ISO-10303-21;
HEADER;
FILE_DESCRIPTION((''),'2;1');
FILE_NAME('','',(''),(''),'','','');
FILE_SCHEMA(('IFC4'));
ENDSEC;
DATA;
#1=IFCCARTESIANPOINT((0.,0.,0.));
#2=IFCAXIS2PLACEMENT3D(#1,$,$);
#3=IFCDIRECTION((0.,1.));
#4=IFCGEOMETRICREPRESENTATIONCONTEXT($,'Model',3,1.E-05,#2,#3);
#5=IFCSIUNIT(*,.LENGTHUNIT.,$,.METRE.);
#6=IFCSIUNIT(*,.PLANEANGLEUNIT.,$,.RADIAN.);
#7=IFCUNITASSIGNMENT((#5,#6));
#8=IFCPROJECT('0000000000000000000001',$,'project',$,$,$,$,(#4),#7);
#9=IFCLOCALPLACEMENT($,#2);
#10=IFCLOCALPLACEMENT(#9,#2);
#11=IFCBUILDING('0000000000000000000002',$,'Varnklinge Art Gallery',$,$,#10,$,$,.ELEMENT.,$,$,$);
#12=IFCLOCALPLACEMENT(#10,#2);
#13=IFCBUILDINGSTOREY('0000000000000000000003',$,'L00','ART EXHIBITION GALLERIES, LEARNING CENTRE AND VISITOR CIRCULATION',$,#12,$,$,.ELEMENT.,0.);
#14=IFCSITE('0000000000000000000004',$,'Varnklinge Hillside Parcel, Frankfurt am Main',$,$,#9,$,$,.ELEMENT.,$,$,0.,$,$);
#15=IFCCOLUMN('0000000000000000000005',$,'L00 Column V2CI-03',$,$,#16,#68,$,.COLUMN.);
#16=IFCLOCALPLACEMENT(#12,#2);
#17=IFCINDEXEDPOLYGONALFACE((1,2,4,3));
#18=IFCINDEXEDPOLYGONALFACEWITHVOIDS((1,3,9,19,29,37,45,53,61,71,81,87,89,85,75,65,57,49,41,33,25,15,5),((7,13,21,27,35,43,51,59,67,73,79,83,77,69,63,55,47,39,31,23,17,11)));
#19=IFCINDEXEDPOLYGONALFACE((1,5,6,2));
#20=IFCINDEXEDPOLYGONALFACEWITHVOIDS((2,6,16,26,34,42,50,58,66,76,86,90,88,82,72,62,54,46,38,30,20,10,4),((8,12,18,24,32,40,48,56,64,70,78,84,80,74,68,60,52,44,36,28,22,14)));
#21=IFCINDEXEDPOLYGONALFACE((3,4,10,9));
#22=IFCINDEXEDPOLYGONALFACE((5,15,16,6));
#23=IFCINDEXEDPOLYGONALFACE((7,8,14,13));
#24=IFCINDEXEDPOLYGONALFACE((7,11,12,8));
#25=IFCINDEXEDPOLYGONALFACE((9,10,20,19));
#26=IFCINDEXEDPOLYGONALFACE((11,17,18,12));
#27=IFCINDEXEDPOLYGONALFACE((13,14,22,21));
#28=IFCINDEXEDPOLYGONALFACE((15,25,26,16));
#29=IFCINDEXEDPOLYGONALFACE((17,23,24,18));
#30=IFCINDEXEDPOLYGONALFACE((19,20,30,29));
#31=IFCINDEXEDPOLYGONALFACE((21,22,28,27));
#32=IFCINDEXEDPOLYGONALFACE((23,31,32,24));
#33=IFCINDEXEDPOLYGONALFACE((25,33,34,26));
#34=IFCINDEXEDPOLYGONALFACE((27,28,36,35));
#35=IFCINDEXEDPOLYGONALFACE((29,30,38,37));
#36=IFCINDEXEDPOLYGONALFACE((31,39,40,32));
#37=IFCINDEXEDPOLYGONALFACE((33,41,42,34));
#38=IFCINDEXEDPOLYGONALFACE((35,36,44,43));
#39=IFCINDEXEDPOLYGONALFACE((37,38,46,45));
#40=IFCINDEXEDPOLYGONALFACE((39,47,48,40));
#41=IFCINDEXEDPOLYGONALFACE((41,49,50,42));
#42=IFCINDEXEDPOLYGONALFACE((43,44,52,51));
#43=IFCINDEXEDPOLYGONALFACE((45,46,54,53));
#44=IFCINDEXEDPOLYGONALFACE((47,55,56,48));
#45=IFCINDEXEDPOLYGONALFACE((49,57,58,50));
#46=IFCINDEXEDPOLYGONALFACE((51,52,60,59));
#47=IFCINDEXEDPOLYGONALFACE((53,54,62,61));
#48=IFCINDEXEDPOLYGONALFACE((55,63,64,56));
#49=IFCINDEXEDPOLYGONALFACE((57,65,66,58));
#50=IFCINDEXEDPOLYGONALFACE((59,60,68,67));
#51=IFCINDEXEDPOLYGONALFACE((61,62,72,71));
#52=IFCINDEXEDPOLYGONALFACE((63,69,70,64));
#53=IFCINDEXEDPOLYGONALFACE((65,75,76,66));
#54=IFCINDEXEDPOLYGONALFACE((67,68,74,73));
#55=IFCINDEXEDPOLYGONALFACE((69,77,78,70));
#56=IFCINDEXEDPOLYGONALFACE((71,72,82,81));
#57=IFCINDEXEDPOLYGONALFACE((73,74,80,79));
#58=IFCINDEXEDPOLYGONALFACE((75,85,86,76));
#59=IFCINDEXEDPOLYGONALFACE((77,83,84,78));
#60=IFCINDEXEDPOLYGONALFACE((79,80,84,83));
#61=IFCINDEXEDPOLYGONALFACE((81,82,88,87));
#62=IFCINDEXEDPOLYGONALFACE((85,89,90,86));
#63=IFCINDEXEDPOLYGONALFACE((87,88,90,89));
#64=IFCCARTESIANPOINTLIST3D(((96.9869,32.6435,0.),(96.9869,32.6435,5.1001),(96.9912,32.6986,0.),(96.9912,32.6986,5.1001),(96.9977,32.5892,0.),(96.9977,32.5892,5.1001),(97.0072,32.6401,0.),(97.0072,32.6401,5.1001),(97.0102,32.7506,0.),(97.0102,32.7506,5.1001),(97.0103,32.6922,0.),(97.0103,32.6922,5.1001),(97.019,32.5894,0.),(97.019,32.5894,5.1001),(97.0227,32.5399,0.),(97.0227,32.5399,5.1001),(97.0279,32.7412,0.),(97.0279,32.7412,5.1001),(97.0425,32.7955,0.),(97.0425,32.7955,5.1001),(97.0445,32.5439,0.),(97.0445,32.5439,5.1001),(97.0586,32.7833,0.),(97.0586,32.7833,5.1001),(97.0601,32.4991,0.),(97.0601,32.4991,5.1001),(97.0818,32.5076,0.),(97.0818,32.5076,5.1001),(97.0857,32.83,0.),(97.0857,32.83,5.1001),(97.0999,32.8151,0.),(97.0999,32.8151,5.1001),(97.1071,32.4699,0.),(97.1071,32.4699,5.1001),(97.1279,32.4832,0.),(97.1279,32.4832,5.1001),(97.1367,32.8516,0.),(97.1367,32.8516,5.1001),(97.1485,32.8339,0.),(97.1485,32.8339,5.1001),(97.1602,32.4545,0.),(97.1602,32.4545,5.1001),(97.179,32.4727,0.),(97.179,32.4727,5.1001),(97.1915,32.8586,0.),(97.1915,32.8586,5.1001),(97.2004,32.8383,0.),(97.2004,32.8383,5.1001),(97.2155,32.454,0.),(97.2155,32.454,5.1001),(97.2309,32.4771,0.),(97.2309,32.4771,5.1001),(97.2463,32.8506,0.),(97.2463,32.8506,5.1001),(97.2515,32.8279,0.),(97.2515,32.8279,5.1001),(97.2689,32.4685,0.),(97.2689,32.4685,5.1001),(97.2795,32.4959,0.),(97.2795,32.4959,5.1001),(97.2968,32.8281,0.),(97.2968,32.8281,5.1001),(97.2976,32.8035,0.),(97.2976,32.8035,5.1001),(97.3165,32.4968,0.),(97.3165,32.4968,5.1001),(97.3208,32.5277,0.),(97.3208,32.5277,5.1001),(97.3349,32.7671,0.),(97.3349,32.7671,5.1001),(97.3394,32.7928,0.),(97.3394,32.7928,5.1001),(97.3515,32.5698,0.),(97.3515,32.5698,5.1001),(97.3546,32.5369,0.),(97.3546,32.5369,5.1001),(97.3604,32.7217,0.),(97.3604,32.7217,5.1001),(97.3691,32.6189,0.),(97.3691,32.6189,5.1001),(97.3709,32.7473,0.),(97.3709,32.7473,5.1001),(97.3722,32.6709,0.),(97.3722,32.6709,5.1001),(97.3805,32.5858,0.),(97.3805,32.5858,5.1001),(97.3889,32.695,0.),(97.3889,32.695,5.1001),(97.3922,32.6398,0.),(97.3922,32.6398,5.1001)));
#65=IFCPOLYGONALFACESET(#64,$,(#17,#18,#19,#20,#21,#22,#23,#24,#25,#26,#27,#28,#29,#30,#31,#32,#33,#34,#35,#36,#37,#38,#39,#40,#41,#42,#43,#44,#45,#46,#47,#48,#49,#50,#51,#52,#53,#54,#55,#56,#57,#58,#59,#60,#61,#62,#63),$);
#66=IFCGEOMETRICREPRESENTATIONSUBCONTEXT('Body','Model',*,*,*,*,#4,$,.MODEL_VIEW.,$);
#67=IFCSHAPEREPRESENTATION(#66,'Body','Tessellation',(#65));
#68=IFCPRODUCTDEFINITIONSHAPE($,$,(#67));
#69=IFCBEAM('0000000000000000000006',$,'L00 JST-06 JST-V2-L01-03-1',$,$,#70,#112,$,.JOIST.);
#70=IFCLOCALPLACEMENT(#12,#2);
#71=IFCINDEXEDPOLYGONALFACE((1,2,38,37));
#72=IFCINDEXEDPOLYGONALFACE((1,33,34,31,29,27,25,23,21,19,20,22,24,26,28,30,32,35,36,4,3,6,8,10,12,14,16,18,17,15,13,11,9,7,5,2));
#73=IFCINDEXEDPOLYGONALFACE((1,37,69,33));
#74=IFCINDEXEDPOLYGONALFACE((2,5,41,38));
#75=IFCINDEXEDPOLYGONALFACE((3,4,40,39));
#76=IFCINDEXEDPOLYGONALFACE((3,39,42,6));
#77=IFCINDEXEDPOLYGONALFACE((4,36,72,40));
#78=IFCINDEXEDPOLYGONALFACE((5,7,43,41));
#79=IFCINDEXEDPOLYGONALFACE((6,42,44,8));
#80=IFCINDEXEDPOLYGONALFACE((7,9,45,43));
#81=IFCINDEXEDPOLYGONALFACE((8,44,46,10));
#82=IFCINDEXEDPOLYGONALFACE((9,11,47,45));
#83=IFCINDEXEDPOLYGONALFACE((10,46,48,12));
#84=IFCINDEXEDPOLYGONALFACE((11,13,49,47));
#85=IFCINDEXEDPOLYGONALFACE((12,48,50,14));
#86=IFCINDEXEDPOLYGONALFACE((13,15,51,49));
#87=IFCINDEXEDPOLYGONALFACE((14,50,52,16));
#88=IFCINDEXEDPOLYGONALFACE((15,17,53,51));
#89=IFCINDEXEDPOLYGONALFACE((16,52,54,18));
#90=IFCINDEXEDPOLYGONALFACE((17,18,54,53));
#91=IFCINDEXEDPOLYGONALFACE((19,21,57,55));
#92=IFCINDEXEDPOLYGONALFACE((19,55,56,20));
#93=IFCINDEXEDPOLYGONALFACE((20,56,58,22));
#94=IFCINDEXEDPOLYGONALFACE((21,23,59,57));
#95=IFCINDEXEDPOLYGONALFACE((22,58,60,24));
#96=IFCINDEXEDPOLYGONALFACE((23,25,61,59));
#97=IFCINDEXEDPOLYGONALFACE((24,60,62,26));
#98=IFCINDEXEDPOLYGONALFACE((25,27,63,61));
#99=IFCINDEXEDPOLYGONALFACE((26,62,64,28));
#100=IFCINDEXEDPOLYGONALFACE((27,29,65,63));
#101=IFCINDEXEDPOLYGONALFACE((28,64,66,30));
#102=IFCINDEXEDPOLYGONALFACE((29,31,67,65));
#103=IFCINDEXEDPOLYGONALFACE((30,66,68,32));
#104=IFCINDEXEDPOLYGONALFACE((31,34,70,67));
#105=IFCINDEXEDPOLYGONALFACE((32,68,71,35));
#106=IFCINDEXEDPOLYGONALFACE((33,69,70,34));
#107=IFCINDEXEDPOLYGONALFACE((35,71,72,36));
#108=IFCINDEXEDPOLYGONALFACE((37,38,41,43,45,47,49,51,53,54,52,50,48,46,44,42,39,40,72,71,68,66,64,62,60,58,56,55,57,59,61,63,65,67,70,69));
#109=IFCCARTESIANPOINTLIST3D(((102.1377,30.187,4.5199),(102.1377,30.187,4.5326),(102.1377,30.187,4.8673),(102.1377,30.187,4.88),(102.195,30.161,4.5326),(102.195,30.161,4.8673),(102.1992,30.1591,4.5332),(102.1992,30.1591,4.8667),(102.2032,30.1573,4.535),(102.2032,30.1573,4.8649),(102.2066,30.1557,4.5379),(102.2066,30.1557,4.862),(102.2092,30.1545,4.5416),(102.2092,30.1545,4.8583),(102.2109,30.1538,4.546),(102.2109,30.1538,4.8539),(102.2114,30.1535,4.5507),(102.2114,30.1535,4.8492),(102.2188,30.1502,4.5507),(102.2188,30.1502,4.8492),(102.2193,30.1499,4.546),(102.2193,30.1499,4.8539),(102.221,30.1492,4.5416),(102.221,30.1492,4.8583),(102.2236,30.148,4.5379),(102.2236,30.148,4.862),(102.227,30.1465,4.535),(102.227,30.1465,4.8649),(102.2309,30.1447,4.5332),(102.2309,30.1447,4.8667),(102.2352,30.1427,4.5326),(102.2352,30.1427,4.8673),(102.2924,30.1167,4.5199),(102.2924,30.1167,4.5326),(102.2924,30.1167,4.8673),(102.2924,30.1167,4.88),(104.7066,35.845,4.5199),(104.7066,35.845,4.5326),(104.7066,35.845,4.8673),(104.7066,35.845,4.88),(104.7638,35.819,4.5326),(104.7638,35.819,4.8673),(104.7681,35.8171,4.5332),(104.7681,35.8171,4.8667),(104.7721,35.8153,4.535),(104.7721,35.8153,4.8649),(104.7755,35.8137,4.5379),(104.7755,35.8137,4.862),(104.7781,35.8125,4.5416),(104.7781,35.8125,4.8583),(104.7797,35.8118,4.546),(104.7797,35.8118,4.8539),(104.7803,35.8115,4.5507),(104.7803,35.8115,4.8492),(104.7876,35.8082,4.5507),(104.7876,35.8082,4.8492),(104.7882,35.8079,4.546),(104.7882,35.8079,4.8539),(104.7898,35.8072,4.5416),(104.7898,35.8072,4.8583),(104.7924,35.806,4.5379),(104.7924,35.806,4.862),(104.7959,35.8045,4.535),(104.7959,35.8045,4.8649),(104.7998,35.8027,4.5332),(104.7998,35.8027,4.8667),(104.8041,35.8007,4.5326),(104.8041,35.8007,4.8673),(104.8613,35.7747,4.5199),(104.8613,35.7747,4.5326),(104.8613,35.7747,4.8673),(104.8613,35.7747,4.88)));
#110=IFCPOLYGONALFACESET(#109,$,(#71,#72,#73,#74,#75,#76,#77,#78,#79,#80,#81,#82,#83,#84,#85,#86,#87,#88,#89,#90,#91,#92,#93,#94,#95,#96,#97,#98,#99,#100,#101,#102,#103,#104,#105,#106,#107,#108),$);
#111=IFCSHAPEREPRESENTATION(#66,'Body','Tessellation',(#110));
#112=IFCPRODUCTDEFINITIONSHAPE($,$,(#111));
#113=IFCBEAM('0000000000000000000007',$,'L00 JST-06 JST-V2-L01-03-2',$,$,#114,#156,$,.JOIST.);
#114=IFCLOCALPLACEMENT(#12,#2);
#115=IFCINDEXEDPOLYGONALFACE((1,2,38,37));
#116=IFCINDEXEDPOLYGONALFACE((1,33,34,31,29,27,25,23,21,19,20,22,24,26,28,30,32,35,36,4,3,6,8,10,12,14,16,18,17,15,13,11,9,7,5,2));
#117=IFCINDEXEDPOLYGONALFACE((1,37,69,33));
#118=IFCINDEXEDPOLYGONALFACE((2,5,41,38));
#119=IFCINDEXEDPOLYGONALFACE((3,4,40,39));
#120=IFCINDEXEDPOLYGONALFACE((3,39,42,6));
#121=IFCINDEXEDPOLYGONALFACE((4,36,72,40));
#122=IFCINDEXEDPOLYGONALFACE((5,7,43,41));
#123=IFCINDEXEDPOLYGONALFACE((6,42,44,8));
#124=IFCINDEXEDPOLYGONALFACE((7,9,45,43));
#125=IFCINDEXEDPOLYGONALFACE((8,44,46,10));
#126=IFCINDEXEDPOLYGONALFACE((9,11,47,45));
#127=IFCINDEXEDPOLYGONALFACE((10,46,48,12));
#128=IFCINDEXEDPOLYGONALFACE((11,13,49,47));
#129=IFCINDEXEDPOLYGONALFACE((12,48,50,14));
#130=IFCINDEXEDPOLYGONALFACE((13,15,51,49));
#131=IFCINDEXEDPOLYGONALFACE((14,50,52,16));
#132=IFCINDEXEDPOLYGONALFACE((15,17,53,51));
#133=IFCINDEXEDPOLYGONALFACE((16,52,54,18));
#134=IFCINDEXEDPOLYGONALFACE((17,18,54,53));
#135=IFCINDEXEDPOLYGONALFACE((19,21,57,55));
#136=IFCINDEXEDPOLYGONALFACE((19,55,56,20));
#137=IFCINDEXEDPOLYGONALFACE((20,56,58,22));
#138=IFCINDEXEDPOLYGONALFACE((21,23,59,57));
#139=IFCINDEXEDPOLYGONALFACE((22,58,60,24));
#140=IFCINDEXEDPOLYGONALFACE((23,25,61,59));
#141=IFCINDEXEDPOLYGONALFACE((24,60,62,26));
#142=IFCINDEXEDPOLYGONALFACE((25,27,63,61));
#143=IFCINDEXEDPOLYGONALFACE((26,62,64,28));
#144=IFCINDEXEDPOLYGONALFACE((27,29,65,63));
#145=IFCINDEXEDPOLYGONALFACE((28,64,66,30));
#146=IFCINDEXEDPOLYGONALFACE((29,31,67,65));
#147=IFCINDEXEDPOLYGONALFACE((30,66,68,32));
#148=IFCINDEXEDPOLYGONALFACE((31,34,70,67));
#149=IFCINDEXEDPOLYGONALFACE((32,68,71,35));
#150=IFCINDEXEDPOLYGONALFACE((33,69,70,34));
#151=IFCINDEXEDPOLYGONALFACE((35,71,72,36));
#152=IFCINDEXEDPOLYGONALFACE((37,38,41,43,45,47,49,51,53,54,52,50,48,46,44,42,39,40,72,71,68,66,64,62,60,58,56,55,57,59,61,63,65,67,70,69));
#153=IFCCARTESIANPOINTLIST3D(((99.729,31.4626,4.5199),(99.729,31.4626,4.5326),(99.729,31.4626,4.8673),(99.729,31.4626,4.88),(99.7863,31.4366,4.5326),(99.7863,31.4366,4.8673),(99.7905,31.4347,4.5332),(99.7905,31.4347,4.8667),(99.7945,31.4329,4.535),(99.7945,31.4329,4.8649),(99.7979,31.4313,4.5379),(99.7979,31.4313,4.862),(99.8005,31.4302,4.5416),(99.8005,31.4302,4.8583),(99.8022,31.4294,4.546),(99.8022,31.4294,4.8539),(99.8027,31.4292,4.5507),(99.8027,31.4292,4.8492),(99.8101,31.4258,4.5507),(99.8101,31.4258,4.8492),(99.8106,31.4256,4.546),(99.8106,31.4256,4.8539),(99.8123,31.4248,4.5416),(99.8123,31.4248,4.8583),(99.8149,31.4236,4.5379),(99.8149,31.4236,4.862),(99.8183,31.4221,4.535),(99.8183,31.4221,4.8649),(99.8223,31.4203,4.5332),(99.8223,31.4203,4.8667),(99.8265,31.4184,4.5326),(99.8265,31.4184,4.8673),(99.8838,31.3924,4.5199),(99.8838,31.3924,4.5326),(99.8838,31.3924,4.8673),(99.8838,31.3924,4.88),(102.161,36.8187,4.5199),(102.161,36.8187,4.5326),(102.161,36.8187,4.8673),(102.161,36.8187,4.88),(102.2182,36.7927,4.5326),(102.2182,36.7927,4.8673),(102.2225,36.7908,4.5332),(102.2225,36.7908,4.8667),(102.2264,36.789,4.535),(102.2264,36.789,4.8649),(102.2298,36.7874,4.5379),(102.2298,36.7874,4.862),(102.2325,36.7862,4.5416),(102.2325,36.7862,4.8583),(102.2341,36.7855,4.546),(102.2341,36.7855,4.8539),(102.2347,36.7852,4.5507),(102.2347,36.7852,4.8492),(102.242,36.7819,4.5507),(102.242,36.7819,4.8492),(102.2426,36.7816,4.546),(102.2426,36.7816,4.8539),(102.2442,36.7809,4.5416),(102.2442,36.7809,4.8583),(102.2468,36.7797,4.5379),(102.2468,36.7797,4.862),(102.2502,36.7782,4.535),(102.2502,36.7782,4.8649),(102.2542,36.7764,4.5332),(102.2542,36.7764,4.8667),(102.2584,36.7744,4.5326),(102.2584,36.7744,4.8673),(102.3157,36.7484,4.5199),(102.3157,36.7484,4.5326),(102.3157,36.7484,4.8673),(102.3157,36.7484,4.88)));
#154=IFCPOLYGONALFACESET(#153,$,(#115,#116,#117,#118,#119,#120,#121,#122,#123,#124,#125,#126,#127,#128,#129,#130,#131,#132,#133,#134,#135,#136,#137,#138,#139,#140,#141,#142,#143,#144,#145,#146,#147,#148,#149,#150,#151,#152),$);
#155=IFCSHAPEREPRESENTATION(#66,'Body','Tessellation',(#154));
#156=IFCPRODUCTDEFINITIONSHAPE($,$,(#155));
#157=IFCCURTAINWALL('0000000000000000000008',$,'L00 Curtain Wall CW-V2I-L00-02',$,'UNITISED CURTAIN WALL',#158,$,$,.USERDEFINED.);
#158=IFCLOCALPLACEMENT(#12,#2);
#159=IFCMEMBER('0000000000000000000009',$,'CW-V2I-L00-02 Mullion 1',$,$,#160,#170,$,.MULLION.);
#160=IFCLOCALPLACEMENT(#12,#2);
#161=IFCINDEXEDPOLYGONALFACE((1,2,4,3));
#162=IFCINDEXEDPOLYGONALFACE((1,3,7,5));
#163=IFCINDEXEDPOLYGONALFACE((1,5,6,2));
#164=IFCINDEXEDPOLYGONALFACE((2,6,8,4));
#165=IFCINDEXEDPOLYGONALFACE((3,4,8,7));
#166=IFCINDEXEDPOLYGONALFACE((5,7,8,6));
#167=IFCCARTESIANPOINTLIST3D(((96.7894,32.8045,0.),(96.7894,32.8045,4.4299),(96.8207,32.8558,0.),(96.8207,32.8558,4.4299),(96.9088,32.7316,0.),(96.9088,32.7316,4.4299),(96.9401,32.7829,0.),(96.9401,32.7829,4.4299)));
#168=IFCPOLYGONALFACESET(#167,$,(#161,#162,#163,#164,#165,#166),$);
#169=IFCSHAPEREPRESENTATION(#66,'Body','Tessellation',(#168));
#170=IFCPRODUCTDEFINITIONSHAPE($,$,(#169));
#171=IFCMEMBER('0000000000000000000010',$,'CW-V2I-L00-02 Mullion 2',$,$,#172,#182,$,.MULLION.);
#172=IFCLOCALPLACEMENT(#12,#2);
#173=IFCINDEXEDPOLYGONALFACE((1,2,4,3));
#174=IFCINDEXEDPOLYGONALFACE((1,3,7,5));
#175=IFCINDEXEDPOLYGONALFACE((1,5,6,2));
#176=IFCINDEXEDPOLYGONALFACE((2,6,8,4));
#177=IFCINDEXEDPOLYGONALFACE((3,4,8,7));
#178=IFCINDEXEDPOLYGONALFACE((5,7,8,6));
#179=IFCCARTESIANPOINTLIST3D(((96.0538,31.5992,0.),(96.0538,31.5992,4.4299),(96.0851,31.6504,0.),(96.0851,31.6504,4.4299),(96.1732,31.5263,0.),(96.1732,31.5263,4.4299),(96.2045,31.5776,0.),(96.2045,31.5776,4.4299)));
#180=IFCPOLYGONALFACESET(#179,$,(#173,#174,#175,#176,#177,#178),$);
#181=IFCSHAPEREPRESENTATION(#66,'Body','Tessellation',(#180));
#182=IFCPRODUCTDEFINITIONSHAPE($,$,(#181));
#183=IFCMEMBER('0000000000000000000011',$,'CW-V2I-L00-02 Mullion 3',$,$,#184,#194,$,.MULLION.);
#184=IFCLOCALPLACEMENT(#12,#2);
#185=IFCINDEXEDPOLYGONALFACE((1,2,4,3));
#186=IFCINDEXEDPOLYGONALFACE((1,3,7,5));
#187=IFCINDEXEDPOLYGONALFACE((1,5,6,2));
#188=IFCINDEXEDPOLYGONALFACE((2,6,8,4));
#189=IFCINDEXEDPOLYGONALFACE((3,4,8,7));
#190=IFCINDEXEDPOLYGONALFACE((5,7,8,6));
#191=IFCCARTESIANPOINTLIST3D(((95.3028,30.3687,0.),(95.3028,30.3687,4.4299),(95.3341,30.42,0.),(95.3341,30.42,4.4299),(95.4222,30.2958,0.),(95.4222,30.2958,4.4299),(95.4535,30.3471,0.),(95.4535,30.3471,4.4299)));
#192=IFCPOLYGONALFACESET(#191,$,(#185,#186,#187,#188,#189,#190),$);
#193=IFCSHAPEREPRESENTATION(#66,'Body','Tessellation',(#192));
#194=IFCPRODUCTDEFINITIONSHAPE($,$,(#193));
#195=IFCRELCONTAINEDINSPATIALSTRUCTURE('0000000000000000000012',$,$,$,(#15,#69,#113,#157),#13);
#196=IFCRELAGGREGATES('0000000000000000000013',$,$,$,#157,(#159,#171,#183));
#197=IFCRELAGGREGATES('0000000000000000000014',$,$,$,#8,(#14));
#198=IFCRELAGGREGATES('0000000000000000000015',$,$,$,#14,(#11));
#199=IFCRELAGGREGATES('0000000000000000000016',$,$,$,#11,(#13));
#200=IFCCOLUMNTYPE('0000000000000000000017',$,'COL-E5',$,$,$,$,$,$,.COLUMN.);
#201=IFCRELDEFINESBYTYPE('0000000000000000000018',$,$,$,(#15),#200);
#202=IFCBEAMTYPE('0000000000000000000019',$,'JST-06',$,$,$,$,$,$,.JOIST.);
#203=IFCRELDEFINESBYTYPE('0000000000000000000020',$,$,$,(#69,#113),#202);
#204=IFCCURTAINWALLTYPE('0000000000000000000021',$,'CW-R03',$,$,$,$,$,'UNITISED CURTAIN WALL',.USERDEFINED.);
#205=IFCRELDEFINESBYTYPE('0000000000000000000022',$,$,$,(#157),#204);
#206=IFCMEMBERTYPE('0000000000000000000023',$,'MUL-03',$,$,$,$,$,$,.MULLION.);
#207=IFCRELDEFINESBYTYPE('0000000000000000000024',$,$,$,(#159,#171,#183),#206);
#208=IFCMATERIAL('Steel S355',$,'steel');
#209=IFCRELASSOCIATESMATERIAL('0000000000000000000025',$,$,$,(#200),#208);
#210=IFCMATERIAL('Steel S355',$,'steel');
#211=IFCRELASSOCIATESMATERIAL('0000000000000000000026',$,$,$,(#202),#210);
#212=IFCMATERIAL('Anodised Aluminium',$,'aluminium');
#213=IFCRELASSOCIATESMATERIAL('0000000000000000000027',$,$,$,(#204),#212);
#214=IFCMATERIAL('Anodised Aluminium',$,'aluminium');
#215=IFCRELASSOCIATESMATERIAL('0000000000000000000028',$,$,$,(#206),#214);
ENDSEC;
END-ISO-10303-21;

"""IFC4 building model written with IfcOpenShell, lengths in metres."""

from ifc_helpers import new_model, si_unit, direction, frame, origin, origin_2d, place, context, subcontext, project, spatial, rectangle, hollow_circle, i_section, extrude, material, material_profile, profile_set, type_object, element, aggregate, save


model = new_model("IFC4")

# Units and contexts
model_context = context("Model", 3, precision=1e-05, world=origin(), true_north=direction((0.0, 1.0)))
body_context = subcontext(model_context, "Body", "Model", "MODEL_VIEW")
ifc_project = project(units=[si_unit("LENGTHUNIT", "METRE"), si_unit("PLANEANGLEUNIT", "RADIAN")], contexts=[model_context])

# Site, building, storey
site_placement = place(None, origin())
site = spatial("IfcSite", under=ifc_project, at=site_placement, Name="Varnklinge Hillside Parcel, Frankfurt am Main", CompositionType="ELEMENT", RefElevation=0.0)
building_placement = place(site_placement, origin())
building = spatial("IfcBuilding", under=site, at=building_placement, Name="Varnklinge Art Gallery", CompositionType="ELEMENT")
storey_placement = place(building_placement, origin())
storey = spatial("IfcBuildingStorey", under=building, at=storey_placement, Name="L00", Description="ART EXHIBITION GALLERIES, LEARNING CENTRE AND VISITOR CIRCULATION", CompositionType="ELEMENT", Elevation=0.0)

# Column
ifc_material_1 = material(Name="Steel S355", Category="steel")
ifc_material_profile_1 = material_profile(ifc_material_1, hollow_circle(Radius=0.2031, WallThickness=0.02, at=origin_2d()), Name="CHS 406.4x20")
ifc_profile_set_1 = profile_set([ifc_material_profile_1], Name="Steel S355")
column_type = type_object("IfcColumnType", Name="COL-E5", PredefinedType="COLUMN", material=ifc_profile_set_1)
column_placement = place(storey_placement, frame((97.1897, 32.6555, 0.0), z_axis=(0.0, 0.0, 1.0), x_axis=(-0.883684, 0.468084, 0.0)))
element("IfcColumn", 1, at=column_placement, inside=storey, type_object=column_type, Name="L00 Column V2CI-03", PredefinedType="COLUMN", context=body_context, shape_type="SweptSolid", body=[
    extrude(hollow_circle(Radius=0.2031, WallThickness=0.02, at=origin_2d()), origin(), (0.0, 0.0, 1.0), 5.1001),
])

# Beams
ifc_material_2 = material(Name="Steel S355", Category="steel")
ifc_material_profile_2 = material_profile(ifc_material_2, i_section(OverallWidth=0.1699, OverallDepth=0.3601, WebThickness=0.0081, FlangeThickness=0.0127, FilletRadius=0.0181, at=origin_2d()), Name="IPE 360")
ifc_profile_set_2 = profile_set([ifc_material_profile_2], Name="Steel S355")
beam_type_1 = type_object("IfcBeamType", Name="JST-06", PredefinedType="JOIST", material=ifc_profile_set_2)
beam_1_placement = place(storey_placement, frame((102.2151, 30.1519, 4.7), z_axis=(0.413409, 0.910545, 0.0), x_axis=(-0.910545, 0.413409, 0.0)))
element("IfcBeam", 2, at=beam_1_placement, inside=storey, type_object=beam_type_1, Name="L00 JST-06 JST-V2-L01-03-1", PredefinedType="JOIST", context=body_context, shape_type="SweptSolid", body=[
    extrude(i_section(OverallWidth=0.1699, OverallDepth=0.3601, WebThickness=0.0081, FlangeThickness=0.0127, FilletRadius=0.0181, at=origin_2d()), origin(), (0.0, 0.0, 1.0), 6.2139),
])
beam_2_placement = place(storey_placement, frame((99.8064, 31.4275, 4.7), z_axis=(0.413431, 0.910536, 0.0), x_axis=(-0.910536, 0.413431, 0.0)))
element("IfcBeam", 3, at=beam_2_placement, inside=storey, type_object=beam_type_1, Name="L00 JST-06 JST-V2-L01-03-2", PredefinedType="JOIST", context=body_context, shape_type="SweptSolid", body=[
    extrude(i_section(OverallWidth=0.1699, OverallDepth=0.3601, WebThickness=0.0081, FlangeThickness=0.0127, FilletRadius=0.0181, at=origin_2d()), origin(), (0.0, 0.0, 1.0), 5.8823),
])

# Curtain wall, members
ifc_material_3 = material(Name="Anodised Aluminium", Category="aluminium")
curtain_wall_type = type_object("IfcCurtainWallType", Name="CW-R03", ElementType="UNITISED CURTAIN WALL", PredefinedType="USERDEFINED", material=ifc_material_3)
curtain_wall_1_placement = place(storey_placement, origin())
curtain_wall_1 = element("IfcCurtainWall", 4, at=curtain_wall_1_placement, inside=storey, type_object=curtain_wall_type, Name="L00 Curtain Wall CW-V2I-L00-02", ObjectType="UNITISED CURTAIN WALL", PredefinedType="USERDEFINED")
ifc_material_4 = material(Name="Anodised Aluminium", Category="aluminium")
ifc_material_profile_3 = material_profile(ifc_material_4, rectangle(XDim=0.0601, YDim=0.1399, at=origin_2d()), Name="ALU 60x140")
ifc_profile_set_3 = profile_set([ifc_material_profile_3], Name="Anodised Aluminium")
member_type_1 = type_object("IfcMemberType", Name="MUL-03", PredefinedType="MULLION", material=ifc_profile_set_3)
member_1_placement = place(storey_placement, frame((96.8647, 32.7937, 0.0), z_axis=(0.0, 0.0, 1.0), x_axis=(-0.520861, -0.853642, 0.0)))
member_1 = element("IfcMember", 5, at=member_1_placement, type_object=member_type_1, Name="CW-V2I-L00-02 Mullion 1", PredefinedType="MULLION", context=body_context, shape_type="SweptSolid", body=[
    extrude(rectangle(XDim=0.0601, YDim=0.1399, at=origin_2d()), origin(), (0.0, 0.0, 1.0), 4.4299),
])
member_2_placement = place(storey_placement, frame((96.1292, 31.5884, 0.0), z_axis=(0.0, 0.0, 1.0), x_axis=(-0.520861, -0.853642, 0.0)))
member_2 = element("IfcMember", 6, at=member_2_placement, type_object=member_type_1, Name="CW-V2I-L00-02 Mullion 2", PredefinedType="MULLION", context=body_context, shape_type="SweptSolid", body=[
    extrude(rectangle(XDim=0.0601, YDim=0.1399, at=origin_2d()), origin(), (0.0, 0.0, 1.0), 4.4299),
])
member_3_placement = place(storey_placement, frame((95.3782, 30.3579, 0.0), z_axis=(0.0, 0.0, 1.0), x_axis=(-0.520861, -0.853642, 0.0)))
member_3 = element("IfcMember", 7, at=member_3_placement, type_object=member_type_1, Name="CW-V2I-L00-02 Mullion 3", PredefinedType="MULLION", context=body_context, shape_type="SweptSolid", body=[
    extrude(rectangle(XDim=0.0601, YDim=0.1399, at=origin_2d()), origin(), (0.0, 0.0, 1.0), 4.4299),
])

aggregate(curtain_wall_1, [member_1, member_2, member_3])

save(model, "model.ifc")
